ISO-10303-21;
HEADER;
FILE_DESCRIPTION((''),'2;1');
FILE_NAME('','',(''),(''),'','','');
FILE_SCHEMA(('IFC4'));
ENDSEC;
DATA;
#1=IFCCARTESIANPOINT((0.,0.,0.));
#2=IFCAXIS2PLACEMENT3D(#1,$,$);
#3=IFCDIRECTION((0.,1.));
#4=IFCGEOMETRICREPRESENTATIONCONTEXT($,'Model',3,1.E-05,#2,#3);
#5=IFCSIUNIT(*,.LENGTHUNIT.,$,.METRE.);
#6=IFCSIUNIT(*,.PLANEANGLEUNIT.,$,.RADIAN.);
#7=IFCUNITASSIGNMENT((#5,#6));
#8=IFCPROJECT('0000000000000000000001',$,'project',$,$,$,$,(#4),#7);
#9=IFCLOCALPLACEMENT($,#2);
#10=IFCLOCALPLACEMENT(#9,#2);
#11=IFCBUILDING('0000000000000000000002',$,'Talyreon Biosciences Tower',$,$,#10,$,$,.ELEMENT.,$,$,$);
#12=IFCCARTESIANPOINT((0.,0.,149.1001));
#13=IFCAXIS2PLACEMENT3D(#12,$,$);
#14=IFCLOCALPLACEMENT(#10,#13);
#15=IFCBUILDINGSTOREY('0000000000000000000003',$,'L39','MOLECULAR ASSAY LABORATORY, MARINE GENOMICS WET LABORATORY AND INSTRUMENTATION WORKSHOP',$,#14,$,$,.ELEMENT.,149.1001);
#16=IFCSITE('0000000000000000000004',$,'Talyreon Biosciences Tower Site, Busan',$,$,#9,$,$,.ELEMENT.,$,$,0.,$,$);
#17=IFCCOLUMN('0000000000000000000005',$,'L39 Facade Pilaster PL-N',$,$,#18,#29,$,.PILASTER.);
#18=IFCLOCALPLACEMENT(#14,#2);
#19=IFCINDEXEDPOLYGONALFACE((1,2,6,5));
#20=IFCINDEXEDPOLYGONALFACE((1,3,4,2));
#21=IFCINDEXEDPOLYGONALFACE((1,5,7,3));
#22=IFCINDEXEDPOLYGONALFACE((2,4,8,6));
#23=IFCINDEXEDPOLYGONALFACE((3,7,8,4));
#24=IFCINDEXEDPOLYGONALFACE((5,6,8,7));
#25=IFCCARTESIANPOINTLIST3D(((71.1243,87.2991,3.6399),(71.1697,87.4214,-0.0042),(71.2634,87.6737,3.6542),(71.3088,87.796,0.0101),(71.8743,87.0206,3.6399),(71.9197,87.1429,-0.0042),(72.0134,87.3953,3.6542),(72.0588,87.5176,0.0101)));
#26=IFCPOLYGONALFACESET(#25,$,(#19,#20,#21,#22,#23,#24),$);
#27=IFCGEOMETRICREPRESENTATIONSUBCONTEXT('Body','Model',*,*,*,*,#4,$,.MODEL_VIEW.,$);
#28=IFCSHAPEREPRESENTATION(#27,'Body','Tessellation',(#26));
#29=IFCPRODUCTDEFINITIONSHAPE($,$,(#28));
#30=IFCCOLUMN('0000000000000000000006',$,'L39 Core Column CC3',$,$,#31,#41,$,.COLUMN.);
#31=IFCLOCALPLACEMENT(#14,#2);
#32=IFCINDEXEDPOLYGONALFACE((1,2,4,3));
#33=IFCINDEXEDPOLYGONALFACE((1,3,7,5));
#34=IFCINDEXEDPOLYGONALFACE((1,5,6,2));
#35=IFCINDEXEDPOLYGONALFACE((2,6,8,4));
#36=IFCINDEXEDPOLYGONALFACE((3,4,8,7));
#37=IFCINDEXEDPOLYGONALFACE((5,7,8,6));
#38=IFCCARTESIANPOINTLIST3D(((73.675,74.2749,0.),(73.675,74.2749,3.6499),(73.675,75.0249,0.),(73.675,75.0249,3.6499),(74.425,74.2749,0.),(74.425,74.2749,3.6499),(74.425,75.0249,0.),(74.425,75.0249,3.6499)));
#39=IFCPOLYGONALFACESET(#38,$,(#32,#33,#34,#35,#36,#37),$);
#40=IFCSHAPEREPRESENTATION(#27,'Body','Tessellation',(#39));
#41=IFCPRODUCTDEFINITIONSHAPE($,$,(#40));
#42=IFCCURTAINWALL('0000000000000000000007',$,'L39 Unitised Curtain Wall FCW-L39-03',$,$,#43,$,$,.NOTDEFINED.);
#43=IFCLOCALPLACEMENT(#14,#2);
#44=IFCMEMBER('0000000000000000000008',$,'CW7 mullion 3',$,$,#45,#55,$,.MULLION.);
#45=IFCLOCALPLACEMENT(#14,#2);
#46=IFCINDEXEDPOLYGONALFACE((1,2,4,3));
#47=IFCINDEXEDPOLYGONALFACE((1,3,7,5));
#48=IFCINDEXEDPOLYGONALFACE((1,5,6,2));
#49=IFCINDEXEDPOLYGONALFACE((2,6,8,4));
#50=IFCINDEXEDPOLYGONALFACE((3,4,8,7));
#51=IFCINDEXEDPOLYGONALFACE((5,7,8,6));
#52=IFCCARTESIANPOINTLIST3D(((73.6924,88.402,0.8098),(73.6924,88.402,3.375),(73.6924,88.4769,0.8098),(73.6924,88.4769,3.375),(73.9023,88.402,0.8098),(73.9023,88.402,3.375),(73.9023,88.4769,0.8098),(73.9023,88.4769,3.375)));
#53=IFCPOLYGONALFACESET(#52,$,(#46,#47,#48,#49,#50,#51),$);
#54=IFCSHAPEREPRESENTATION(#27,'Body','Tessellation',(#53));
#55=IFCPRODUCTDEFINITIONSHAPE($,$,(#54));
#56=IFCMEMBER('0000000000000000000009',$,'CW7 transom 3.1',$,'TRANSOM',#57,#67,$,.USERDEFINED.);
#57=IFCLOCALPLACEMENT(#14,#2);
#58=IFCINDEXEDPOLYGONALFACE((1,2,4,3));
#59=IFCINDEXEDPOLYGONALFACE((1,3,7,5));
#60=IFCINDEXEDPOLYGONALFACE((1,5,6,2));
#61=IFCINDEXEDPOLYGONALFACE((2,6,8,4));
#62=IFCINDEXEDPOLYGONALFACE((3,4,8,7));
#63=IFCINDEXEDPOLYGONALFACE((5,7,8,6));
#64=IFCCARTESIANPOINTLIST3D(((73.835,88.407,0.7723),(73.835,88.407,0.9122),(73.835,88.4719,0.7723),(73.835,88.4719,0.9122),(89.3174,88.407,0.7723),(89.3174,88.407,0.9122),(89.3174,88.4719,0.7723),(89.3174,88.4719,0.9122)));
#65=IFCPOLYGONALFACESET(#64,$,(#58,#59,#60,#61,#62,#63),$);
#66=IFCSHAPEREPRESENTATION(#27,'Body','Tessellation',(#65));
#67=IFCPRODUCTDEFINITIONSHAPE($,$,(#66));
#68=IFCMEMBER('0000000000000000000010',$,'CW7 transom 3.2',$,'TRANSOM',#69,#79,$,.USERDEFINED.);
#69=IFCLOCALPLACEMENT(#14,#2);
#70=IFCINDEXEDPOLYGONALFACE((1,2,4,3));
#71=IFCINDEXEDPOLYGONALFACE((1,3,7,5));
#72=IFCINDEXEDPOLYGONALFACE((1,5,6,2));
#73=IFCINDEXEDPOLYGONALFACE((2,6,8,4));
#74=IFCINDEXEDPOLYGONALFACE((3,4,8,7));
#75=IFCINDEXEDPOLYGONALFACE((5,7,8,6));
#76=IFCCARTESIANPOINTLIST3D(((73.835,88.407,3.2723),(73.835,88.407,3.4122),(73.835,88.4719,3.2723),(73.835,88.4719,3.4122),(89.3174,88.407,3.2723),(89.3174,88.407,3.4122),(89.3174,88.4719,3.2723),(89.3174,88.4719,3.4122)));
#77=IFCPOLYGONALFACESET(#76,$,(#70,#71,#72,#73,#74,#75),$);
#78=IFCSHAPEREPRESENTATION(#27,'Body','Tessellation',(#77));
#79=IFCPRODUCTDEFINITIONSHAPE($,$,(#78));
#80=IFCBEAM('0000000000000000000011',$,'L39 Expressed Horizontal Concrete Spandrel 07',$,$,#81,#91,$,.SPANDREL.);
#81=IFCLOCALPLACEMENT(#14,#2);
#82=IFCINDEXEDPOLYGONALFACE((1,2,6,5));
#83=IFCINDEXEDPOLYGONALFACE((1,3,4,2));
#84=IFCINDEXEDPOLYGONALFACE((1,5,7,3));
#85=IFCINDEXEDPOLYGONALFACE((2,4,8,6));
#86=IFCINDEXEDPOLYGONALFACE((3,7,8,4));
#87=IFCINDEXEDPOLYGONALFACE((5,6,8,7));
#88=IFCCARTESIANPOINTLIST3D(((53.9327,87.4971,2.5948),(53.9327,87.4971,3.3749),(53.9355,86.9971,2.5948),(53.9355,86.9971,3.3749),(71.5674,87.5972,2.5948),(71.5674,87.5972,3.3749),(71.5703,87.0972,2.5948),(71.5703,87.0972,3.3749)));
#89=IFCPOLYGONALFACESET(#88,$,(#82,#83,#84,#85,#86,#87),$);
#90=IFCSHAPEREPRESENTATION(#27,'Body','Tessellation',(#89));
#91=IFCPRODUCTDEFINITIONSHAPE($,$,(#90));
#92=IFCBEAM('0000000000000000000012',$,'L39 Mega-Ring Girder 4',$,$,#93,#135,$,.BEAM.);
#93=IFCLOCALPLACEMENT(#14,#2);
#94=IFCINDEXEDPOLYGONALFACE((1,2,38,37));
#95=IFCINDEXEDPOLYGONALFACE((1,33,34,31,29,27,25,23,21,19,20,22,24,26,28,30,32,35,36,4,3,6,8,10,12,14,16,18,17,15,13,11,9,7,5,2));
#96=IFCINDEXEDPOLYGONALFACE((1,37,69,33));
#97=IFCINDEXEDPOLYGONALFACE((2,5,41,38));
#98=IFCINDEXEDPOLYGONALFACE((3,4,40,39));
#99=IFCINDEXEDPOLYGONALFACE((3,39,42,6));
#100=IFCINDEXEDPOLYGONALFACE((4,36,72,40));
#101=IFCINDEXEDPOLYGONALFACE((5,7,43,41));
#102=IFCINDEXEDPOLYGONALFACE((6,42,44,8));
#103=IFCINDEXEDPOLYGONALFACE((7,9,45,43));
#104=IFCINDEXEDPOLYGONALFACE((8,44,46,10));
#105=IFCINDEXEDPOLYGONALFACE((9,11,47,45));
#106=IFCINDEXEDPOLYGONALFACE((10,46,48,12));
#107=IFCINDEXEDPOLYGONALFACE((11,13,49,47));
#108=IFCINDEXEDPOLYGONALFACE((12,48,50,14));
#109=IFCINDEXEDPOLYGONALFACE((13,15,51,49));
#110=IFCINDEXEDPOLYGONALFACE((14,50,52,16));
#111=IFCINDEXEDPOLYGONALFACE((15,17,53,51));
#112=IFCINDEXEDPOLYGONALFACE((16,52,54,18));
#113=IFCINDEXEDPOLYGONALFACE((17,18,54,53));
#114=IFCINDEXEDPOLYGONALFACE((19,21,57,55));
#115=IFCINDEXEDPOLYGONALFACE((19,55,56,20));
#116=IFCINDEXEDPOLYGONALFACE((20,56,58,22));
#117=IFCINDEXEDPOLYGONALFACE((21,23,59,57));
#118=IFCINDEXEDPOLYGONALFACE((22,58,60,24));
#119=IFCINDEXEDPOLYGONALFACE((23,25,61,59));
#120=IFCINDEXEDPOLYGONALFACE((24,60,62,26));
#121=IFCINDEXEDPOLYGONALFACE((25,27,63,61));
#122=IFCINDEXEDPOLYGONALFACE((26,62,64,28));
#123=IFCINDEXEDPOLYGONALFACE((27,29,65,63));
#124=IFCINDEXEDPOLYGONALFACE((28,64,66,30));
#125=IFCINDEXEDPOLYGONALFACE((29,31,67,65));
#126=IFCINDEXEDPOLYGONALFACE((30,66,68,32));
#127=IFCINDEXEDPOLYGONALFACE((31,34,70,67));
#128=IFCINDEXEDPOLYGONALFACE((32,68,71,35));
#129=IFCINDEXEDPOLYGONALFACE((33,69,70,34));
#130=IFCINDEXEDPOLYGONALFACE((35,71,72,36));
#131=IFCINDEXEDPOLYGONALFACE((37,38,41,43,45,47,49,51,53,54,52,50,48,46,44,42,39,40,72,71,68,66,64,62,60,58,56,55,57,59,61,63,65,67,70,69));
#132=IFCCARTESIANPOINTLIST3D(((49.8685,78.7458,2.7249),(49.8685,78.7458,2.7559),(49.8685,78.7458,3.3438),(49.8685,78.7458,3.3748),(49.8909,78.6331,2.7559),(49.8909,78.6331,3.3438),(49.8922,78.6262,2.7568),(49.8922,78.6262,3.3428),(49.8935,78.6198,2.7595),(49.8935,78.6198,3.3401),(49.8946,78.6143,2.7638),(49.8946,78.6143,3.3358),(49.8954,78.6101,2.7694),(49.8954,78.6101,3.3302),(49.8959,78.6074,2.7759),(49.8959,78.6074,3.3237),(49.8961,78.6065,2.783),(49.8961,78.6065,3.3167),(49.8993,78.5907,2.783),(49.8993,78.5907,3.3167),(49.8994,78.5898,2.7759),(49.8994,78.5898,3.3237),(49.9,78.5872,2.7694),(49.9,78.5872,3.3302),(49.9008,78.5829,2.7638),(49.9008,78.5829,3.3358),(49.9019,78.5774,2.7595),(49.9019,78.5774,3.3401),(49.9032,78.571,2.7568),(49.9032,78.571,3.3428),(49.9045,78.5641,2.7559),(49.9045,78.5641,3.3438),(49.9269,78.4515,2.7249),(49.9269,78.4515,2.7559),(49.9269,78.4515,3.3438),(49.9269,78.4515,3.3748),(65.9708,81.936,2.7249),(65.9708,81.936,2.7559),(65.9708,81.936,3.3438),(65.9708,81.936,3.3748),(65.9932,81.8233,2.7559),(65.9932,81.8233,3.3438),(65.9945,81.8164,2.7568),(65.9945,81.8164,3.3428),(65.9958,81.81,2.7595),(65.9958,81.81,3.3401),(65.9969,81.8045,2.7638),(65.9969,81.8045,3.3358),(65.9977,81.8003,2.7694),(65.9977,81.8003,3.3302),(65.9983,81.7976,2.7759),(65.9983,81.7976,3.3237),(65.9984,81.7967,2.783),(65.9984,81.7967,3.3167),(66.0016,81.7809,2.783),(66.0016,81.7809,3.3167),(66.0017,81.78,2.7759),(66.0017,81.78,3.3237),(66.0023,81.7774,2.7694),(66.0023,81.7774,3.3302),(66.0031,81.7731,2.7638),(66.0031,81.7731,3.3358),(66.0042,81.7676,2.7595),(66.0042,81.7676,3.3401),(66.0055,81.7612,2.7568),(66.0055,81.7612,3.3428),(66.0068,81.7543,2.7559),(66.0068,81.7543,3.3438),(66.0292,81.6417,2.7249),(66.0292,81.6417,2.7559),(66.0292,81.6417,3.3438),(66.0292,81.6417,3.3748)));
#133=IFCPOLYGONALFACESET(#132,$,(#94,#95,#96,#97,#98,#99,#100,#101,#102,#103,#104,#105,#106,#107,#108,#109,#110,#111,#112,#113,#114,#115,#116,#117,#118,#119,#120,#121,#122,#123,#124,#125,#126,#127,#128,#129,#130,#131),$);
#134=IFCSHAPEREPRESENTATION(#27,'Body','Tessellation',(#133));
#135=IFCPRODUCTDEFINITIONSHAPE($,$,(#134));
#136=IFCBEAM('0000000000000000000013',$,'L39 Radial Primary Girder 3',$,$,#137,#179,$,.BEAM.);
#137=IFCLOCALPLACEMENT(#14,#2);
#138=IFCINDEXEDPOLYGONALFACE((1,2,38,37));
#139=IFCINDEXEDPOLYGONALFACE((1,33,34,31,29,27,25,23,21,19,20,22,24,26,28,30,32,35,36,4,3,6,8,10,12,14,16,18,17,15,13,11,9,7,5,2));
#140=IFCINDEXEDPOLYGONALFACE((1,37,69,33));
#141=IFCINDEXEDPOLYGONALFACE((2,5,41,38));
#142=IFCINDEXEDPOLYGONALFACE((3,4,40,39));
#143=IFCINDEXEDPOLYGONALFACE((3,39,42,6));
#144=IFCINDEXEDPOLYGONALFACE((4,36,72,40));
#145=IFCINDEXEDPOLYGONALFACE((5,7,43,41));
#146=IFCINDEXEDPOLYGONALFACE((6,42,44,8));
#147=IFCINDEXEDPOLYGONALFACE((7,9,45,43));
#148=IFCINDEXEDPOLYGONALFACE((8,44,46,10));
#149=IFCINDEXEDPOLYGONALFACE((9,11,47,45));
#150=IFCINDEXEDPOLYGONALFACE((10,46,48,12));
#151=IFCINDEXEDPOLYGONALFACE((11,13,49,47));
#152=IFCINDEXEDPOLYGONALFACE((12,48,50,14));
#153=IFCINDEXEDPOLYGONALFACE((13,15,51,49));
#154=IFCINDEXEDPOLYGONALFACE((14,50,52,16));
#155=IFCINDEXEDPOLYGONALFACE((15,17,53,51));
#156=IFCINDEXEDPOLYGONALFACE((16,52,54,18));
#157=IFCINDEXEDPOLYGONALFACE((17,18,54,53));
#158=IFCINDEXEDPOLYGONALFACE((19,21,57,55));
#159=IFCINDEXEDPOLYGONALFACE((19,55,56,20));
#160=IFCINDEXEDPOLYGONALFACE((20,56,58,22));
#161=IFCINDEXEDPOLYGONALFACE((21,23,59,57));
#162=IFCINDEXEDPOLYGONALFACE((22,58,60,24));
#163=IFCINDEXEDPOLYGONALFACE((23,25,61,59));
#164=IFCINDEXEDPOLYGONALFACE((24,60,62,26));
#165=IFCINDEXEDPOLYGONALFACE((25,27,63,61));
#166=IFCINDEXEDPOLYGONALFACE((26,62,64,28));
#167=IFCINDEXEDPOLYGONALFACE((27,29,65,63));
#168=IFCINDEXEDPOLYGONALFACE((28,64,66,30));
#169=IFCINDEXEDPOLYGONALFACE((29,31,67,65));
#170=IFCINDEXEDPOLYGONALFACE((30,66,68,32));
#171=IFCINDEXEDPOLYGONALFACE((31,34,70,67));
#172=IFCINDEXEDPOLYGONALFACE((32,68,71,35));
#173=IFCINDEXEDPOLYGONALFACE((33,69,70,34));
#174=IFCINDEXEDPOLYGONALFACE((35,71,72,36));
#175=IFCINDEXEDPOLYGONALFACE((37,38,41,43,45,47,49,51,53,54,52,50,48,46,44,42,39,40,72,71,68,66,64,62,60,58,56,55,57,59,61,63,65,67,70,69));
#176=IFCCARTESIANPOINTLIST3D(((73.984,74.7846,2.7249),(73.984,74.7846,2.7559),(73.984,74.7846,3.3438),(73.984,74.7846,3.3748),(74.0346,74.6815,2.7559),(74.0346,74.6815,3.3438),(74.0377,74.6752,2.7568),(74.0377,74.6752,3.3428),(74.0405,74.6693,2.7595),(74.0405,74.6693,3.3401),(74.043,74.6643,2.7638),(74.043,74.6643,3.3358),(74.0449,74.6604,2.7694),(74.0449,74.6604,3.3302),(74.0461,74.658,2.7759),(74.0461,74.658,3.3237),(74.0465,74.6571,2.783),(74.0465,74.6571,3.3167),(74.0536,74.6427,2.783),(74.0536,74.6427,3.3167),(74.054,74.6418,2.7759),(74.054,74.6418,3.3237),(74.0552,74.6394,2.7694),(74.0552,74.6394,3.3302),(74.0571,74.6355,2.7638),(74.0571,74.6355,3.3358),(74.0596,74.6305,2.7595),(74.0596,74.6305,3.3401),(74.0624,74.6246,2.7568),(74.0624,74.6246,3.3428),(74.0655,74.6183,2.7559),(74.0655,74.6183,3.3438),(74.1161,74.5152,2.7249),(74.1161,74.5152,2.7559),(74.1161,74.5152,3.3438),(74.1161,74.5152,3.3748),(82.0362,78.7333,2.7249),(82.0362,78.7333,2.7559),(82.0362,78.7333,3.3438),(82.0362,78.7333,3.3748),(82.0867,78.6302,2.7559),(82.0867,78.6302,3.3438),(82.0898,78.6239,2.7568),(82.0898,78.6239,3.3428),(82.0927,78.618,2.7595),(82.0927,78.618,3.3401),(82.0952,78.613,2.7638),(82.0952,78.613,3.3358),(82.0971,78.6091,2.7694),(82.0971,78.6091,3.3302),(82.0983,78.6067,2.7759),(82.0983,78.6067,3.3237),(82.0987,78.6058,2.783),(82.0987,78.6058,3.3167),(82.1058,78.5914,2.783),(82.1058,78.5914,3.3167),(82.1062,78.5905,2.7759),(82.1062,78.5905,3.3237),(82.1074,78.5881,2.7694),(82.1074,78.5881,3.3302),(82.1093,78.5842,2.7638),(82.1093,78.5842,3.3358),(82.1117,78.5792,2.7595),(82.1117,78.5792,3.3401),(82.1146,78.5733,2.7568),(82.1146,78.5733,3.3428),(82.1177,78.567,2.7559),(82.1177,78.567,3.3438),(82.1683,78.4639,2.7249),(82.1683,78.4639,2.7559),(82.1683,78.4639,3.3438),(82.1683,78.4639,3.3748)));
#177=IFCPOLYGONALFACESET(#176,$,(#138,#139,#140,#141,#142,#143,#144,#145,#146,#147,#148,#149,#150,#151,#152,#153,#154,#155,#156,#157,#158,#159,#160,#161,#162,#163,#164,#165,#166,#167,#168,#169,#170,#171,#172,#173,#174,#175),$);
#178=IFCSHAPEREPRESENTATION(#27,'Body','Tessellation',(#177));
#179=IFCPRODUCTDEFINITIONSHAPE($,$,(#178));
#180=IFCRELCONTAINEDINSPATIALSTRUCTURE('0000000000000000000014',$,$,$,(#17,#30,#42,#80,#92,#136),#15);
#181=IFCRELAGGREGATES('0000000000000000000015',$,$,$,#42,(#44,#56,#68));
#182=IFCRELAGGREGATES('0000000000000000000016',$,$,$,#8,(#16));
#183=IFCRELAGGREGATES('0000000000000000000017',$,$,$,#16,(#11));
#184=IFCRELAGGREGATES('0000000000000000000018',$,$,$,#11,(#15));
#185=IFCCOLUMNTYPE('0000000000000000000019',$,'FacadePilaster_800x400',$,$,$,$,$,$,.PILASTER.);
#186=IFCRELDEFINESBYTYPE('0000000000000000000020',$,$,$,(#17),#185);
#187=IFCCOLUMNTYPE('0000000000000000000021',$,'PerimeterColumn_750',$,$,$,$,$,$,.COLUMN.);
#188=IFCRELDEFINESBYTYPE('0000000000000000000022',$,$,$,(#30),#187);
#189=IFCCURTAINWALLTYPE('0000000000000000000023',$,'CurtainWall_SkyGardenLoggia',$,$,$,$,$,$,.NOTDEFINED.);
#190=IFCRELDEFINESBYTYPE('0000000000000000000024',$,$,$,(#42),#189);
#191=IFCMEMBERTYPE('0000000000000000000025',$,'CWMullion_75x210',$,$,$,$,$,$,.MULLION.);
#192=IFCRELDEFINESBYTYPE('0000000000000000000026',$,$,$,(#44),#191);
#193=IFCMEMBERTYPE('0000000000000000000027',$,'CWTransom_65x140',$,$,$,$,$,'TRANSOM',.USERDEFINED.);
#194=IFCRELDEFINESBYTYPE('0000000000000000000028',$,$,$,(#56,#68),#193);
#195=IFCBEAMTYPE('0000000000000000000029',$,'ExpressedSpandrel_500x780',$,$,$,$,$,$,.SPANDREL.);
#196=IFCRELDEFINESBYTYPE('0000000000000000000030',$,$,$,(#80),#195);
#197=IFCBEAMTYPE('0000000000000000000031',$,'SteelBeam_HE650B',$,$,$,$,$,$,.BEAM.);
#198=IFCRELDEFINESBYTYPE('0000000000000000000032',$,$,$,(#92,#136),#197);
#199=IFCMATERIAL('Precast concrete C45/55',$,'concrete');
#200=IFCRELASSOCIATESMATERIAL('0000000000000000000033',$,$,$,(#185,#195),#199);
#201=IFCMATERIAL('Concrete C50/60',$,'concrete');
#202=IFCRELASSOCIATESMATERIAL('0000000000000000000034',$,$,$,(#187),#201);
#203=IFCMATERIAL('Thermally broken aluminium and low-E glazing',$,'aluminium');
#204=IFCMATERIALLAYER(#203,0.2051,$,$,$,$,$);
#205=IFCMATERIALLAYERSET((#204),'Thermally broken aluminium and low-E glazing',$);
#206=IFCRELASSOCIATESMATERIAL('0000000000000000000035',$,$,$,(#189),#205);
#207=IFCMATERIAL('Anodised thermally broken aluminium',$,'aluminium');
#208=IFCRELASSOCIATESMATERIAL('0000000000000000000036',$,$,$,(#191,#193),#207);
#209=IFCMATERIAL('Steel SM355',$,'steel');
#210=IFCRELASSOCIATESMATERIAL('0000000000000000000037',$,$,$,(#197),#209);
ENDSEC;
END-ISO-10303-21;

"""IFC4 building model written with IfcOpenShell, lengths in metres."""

from ifc_helpers import new_model, si_unit, direction, frame, origin, origin_2d, place, context, subcontext, project, spatial, rectangle, i_section, extrude, material, layer, layer_set, material_profile, profile_set, type_object, element, aggregate, save


model = new_model("IFC4")

# Units and contexts
model_context = context("Model", 3, precision=1e-05, world=origin(), true_north=direction((0.0, 1.0)))
body_context = subcontext(model_context, "Body", "Model", "MODEL_VIEW")
ifc_project = project(units=[si_unit("LENGTHUNIT", "METRE"), si_unit("PLANEANGLEUNIT", "RADIAN")], contexts=[model_context])

# Site, building, storey
site_placement = place(None, origin())
site = spatial("IfcSite", under=ifc_project, at=site_placement, Name="Talyreon Biosciences Tower Site, Busan", CompositionType="ELEMENT", RefElevation=0.0)
building_placement = place(site_placement, origin())
building = spatial("IfcBuilding", under=site, at=building_placement, Name="Talyreon Biosciences Tower", CompositionType="ELEMENT")
storey_placement = place(building_placement, frame((0.0, 0.0, 149.1001)))
storey = spatial("IfcBuildingStorey", under=building, at=storey_placement, Name="L39", Description="MOLECULAR ASSAY LABORATORY, MARINE GENOMICS WET LABORATORY AND INSTRUMENTATION WORKSHOP", CompositionType="ELEMENT", Elevation=149.1001)

# Columns
ifc_material_1 = material(Name="Precast concrete C45/55", Category="concrete")
ifc_material_profile_1 = material_profile(ifc_material_1, rectangle(XDim=0.8, YDim=0.3999, at=origin_2d()), Name="RC 800x400")
ifc_profile_set_1 = profile_set([ifc_material_profile_1], Name="Precast concrete C45/55")
column_type_1 = type_object("IfcColumnType", Name="FacadePilaster_800x400", PredefinedType="PILASTER", material=ifc_profile_set_1)
column_1_placement = place(storey_placement, frame((71.6143, 87.4695, 0.0029), z_axis=(-0.012453, -0.033544, 0.99936), x_axis=(-0.937478, 0.348046, 0.0)))
element("IfcColumn", 1, at=column_1_placement, inside=storey, type_object=column_type_1, Name="L39 Facade Pilaster PL-N", PredefinedType="PILASTER", context=body_context, shape_type="SweptSolid", body=[
    extrude(rectangle(XDim=0.8, YDim=0.3999, at=origin_2d()), origin(), (0.0, 0.0, 1.0), 3.6465),
])
ifc_material_2 = material(Name="Concrete C50/60", Category="concrete")
ifc_material_profile_2 = material_profile(ifc_material_2, rectangle(XDim=0.75, YDim=0.75, at=origin_2d()), Name="RC 750x750")
ifc_profile_set_2 = profile_set([ifc_material_profile_2], Name="Concrete C50/60")
column_type_2 = type_object("IfcColumnType", Name="PerimeterColumn_750", PredefinedType="COLUMN", material=ifc_profile_set_2)
column_2_placement = place(storey_placement, frame((74.05, 74.6499, 0.0), z_axis=(0.0, 0.0, 1.0), x_axis=(1.0, 0.0, 0.0)))
element("IfcColumn", 2, at=column_2_placement, inside=storey, type_object=column_type_2, Name="L39 Core Column CC3", PredefinedType="COLUMN", context=body_context, shape_type="SweptSolid", body=[
    extrude(rectangle(XDim=0.75, YDim=0.75, at=origin_2d()), origin(), (0.0, 0.0, 1.0), 3.6499),
])

# Curtain wall, members
ifc_material_3 = material(Name="Thermally broken aluminium and low-E glazing", Category="aluminium")
ifc_layer_1 = layer(ifc_material_3, 0.2051)
ifc_layer_set_1 = layer_set([ifc_layer_1], Name="Thermally broken aluminium and low-E glazing")
curtain_wall_type = type_object("IfcCurtainWallType", Name="CurtainWall_SkyGardenLoggia", PredefinedType="NOTDEFINED", material=ifc_layer_set_1)
curtain_wall_placement = place(storey_placement, origin())
curtain_wall = element("IfcCurtainWall", 3, at=curtain_wall_placement, inside=storey, type_object=curtain_wall_type, Name="L39 Unitised Curtain Wall FCW-L39-03", PredefinedType="NOTDEFINED")
ifc_material_4 = material(Name="Anodised thermally broken aluminium", Category="aluminium")
ifc_material_profile_3 = material_profile(ifc_material_4, rectangle(XDim=0.075, YDim=0.21, at=origin_2d()), Name="ALUM MULLION 75x210")
ifc_profile_set_3 = profile_set([ifc_material_profile_3], Name="Anodised thermally broken aluminium")
member_type_1 = type_object("IfcMemberType", Name="CWMullion_75x210", PredefinedType="MULLION", material=ifc_profile_set_3)
member_1_placement = place(storey_placement, frame((73.7974, 88.4395, 0.8098), z_axis=(0.0, 0.0, 1.0), x_axis=(0.0, 1.0, 0.0)))
member_1 = element("IfcMember", 4, at=member_1_placement, type_object=member_type_1, Name="CW7 mullion 3", PredefinedType="MULLION", context=body_context, shape_type="SweptSolid", body=[
    extrude(rectangle(XDim=0.075, YDim=0.21, at=origin_2d()), origin(), (0.0, 0.0, 1.0), 2.5652),
])
ifc_material_profile_4 = material_profile(ifc_material_4, rectangle(XDim=0.0649, YDim=0.1399, at=origin_2d()), Name="ALUM TRANSOM 65x140")
ifc_profile_set_4 = profile_set([ifc_material_profile_4], Name="Anodised thermally broken aluminium")
member_type_2 = type_object("IfcMemberType", Name="CWTransom_65x140", ElementType="TRANSOM", PredefinedType="USERDEFINED", material=ifc_profile_set_4)
member_2_placement = place(storey_placement, frame((73.835, 88.4395, 0.8423), z_axis=(1.0, 0.0, 0.0), x_axis=(0.0, 1.0, 0.0)))
member_2 = element("IfcMember", 5, at=member_2_placement, type_object=member_type_2, Name="CW7 transom 3.1", ObjectType="TRANSOM", PredefinedType="USERDEFINED", context=body_context, shape_type="SweptSolid", body=[
    extrude(rectangle(XDim=0.0649, YDim=0.1399, at=origin_2d()), origin(), (0.0, 0.0, 1.0), 15.4824),
])
member_3_placement = place(storey_placement, frame((73.835, 88.4395, 3.3423), z_axis=(1.0, 0.0, 0.0), x_axis=(0.0, 1.0, 0.0)))
member_3 = element("IfcMember", 6, at=member_3_placement, type_object=member_type_2, Name="CW7 transom 3.2", ObjectType="TRANSOM", PredefinedType="USERDEFINED", context=body_context, shape_type="SweptSolid", body=[
    extrude(rectangle(XDim=0.0649, YDim=0.1399, at=origin_2d()), origin(), (0.0, 0.0, 1.0), 15.4824),
])

# Beams
ifc_material_profile_5 = material_profile(ifc_material_1, rectangle(XDim=0.5, YDim=0.78, at=origin_2d()), Name="RCB 500x780")
ifc_profile_set_5 = profile_set([ifc_material_profile_5], Name="Precast concrete C45/55")
beam_type_1 = type_object("IfcBeamType", Name="ExpressedSpandrel_500x780", PredefinedType="SPANDREL", material=ifc_profile_set_5)
beam_1_placement = place(storey_placement, frame((71.5688, 87.3472, 2.9849), z_axis=(-0.999984, -0.005676, 0.0), x_axis=(0.005676, -0.999984, 0.0)))
element("IfcBeam", 7, at=beam_1_placement, inside=storey, type_object=beam_type_1, Name="L39 Expressed Horizontal Concrete Spandrel 07", PredefinedType="SPANDREL", context=body_context, shape_type="SweptSolid", body=[
    extrude(rectangle(XDim=0.5, YDim=0.78, at=origin_2d()), origin(), (0.0, 0.0, 1.0), 17.635),
])
ifc_material_5 = material(Name="Steel SM355", Category="steel")
ifc_material_profile_6 = material_profile(ifc_material_5, i_section(OverallWidth=0.3, OverallDepth=0.6499, WebThickness=0.0161, FlangeThickness=0.031, FilletRadius=0.0271, at=origin_2d()), Name="HE650B")
ifc_profile_set_6 = profile_set([ifc_material_profile_6], Name="Steel SM355")
beam_type_2 = type_object("IfcBeamType", Name="SteelBeam_HE650B", PredefinedType="BEAM", material=ifc_profile_set_6)
beam_2_placement = place(storey_placement, frame((66.0, 81.7888, 3.0498), z_axis=(-0.980934, -0.194343, 0.0), x_axis=(0.194343, -0.980934, 0.0)))
element("IfcBeam", 8, at=beam_2_placement, inside=storey, type_object=beam_type_2, Name="L39 Mega-Ring Girder 4", PredefinedType="BEAM", context=body_context, shape_type="SweptSolid", body=[
    extrude(i_section(OverallWidth=0.3, OverallDepth=0.6499, WebThickness=0.0161, FlangeThickness=0.031, FilletRadius=0.0271, at=origin_2d()), origin(), (0.0, 0.0, 1.0), 16.4153),
])
beam_3_placement = place(storey_placement, frame((74.05, 74.6499, 3.0498), z_axis=(0.897852, 0.440297, 0.0), x_axis=(-0.440297, 0.897852, 0.0)))
element("IfcBeam", 9, at=beam_3_placement, inside=storey, type_object=beam_type_2, Name="L39 Radial Primary Girder 3", PredefinedType="BEAM", context=body_context, shape_type="SweptSolid", body=[
    extrude(i_section(OverallWidth=0.3, OverallDepth=0.6499, WebThickness=0.0161, FlangeThickness=0.031, FilletRadius=0.0271, at=origin_2d()), origin(), (0.0, 0.0, 1.0), 8.9683),
])

aggregate(curtain_wall, [member_1, member_2, member_3])

save(model, "model.ifc")
